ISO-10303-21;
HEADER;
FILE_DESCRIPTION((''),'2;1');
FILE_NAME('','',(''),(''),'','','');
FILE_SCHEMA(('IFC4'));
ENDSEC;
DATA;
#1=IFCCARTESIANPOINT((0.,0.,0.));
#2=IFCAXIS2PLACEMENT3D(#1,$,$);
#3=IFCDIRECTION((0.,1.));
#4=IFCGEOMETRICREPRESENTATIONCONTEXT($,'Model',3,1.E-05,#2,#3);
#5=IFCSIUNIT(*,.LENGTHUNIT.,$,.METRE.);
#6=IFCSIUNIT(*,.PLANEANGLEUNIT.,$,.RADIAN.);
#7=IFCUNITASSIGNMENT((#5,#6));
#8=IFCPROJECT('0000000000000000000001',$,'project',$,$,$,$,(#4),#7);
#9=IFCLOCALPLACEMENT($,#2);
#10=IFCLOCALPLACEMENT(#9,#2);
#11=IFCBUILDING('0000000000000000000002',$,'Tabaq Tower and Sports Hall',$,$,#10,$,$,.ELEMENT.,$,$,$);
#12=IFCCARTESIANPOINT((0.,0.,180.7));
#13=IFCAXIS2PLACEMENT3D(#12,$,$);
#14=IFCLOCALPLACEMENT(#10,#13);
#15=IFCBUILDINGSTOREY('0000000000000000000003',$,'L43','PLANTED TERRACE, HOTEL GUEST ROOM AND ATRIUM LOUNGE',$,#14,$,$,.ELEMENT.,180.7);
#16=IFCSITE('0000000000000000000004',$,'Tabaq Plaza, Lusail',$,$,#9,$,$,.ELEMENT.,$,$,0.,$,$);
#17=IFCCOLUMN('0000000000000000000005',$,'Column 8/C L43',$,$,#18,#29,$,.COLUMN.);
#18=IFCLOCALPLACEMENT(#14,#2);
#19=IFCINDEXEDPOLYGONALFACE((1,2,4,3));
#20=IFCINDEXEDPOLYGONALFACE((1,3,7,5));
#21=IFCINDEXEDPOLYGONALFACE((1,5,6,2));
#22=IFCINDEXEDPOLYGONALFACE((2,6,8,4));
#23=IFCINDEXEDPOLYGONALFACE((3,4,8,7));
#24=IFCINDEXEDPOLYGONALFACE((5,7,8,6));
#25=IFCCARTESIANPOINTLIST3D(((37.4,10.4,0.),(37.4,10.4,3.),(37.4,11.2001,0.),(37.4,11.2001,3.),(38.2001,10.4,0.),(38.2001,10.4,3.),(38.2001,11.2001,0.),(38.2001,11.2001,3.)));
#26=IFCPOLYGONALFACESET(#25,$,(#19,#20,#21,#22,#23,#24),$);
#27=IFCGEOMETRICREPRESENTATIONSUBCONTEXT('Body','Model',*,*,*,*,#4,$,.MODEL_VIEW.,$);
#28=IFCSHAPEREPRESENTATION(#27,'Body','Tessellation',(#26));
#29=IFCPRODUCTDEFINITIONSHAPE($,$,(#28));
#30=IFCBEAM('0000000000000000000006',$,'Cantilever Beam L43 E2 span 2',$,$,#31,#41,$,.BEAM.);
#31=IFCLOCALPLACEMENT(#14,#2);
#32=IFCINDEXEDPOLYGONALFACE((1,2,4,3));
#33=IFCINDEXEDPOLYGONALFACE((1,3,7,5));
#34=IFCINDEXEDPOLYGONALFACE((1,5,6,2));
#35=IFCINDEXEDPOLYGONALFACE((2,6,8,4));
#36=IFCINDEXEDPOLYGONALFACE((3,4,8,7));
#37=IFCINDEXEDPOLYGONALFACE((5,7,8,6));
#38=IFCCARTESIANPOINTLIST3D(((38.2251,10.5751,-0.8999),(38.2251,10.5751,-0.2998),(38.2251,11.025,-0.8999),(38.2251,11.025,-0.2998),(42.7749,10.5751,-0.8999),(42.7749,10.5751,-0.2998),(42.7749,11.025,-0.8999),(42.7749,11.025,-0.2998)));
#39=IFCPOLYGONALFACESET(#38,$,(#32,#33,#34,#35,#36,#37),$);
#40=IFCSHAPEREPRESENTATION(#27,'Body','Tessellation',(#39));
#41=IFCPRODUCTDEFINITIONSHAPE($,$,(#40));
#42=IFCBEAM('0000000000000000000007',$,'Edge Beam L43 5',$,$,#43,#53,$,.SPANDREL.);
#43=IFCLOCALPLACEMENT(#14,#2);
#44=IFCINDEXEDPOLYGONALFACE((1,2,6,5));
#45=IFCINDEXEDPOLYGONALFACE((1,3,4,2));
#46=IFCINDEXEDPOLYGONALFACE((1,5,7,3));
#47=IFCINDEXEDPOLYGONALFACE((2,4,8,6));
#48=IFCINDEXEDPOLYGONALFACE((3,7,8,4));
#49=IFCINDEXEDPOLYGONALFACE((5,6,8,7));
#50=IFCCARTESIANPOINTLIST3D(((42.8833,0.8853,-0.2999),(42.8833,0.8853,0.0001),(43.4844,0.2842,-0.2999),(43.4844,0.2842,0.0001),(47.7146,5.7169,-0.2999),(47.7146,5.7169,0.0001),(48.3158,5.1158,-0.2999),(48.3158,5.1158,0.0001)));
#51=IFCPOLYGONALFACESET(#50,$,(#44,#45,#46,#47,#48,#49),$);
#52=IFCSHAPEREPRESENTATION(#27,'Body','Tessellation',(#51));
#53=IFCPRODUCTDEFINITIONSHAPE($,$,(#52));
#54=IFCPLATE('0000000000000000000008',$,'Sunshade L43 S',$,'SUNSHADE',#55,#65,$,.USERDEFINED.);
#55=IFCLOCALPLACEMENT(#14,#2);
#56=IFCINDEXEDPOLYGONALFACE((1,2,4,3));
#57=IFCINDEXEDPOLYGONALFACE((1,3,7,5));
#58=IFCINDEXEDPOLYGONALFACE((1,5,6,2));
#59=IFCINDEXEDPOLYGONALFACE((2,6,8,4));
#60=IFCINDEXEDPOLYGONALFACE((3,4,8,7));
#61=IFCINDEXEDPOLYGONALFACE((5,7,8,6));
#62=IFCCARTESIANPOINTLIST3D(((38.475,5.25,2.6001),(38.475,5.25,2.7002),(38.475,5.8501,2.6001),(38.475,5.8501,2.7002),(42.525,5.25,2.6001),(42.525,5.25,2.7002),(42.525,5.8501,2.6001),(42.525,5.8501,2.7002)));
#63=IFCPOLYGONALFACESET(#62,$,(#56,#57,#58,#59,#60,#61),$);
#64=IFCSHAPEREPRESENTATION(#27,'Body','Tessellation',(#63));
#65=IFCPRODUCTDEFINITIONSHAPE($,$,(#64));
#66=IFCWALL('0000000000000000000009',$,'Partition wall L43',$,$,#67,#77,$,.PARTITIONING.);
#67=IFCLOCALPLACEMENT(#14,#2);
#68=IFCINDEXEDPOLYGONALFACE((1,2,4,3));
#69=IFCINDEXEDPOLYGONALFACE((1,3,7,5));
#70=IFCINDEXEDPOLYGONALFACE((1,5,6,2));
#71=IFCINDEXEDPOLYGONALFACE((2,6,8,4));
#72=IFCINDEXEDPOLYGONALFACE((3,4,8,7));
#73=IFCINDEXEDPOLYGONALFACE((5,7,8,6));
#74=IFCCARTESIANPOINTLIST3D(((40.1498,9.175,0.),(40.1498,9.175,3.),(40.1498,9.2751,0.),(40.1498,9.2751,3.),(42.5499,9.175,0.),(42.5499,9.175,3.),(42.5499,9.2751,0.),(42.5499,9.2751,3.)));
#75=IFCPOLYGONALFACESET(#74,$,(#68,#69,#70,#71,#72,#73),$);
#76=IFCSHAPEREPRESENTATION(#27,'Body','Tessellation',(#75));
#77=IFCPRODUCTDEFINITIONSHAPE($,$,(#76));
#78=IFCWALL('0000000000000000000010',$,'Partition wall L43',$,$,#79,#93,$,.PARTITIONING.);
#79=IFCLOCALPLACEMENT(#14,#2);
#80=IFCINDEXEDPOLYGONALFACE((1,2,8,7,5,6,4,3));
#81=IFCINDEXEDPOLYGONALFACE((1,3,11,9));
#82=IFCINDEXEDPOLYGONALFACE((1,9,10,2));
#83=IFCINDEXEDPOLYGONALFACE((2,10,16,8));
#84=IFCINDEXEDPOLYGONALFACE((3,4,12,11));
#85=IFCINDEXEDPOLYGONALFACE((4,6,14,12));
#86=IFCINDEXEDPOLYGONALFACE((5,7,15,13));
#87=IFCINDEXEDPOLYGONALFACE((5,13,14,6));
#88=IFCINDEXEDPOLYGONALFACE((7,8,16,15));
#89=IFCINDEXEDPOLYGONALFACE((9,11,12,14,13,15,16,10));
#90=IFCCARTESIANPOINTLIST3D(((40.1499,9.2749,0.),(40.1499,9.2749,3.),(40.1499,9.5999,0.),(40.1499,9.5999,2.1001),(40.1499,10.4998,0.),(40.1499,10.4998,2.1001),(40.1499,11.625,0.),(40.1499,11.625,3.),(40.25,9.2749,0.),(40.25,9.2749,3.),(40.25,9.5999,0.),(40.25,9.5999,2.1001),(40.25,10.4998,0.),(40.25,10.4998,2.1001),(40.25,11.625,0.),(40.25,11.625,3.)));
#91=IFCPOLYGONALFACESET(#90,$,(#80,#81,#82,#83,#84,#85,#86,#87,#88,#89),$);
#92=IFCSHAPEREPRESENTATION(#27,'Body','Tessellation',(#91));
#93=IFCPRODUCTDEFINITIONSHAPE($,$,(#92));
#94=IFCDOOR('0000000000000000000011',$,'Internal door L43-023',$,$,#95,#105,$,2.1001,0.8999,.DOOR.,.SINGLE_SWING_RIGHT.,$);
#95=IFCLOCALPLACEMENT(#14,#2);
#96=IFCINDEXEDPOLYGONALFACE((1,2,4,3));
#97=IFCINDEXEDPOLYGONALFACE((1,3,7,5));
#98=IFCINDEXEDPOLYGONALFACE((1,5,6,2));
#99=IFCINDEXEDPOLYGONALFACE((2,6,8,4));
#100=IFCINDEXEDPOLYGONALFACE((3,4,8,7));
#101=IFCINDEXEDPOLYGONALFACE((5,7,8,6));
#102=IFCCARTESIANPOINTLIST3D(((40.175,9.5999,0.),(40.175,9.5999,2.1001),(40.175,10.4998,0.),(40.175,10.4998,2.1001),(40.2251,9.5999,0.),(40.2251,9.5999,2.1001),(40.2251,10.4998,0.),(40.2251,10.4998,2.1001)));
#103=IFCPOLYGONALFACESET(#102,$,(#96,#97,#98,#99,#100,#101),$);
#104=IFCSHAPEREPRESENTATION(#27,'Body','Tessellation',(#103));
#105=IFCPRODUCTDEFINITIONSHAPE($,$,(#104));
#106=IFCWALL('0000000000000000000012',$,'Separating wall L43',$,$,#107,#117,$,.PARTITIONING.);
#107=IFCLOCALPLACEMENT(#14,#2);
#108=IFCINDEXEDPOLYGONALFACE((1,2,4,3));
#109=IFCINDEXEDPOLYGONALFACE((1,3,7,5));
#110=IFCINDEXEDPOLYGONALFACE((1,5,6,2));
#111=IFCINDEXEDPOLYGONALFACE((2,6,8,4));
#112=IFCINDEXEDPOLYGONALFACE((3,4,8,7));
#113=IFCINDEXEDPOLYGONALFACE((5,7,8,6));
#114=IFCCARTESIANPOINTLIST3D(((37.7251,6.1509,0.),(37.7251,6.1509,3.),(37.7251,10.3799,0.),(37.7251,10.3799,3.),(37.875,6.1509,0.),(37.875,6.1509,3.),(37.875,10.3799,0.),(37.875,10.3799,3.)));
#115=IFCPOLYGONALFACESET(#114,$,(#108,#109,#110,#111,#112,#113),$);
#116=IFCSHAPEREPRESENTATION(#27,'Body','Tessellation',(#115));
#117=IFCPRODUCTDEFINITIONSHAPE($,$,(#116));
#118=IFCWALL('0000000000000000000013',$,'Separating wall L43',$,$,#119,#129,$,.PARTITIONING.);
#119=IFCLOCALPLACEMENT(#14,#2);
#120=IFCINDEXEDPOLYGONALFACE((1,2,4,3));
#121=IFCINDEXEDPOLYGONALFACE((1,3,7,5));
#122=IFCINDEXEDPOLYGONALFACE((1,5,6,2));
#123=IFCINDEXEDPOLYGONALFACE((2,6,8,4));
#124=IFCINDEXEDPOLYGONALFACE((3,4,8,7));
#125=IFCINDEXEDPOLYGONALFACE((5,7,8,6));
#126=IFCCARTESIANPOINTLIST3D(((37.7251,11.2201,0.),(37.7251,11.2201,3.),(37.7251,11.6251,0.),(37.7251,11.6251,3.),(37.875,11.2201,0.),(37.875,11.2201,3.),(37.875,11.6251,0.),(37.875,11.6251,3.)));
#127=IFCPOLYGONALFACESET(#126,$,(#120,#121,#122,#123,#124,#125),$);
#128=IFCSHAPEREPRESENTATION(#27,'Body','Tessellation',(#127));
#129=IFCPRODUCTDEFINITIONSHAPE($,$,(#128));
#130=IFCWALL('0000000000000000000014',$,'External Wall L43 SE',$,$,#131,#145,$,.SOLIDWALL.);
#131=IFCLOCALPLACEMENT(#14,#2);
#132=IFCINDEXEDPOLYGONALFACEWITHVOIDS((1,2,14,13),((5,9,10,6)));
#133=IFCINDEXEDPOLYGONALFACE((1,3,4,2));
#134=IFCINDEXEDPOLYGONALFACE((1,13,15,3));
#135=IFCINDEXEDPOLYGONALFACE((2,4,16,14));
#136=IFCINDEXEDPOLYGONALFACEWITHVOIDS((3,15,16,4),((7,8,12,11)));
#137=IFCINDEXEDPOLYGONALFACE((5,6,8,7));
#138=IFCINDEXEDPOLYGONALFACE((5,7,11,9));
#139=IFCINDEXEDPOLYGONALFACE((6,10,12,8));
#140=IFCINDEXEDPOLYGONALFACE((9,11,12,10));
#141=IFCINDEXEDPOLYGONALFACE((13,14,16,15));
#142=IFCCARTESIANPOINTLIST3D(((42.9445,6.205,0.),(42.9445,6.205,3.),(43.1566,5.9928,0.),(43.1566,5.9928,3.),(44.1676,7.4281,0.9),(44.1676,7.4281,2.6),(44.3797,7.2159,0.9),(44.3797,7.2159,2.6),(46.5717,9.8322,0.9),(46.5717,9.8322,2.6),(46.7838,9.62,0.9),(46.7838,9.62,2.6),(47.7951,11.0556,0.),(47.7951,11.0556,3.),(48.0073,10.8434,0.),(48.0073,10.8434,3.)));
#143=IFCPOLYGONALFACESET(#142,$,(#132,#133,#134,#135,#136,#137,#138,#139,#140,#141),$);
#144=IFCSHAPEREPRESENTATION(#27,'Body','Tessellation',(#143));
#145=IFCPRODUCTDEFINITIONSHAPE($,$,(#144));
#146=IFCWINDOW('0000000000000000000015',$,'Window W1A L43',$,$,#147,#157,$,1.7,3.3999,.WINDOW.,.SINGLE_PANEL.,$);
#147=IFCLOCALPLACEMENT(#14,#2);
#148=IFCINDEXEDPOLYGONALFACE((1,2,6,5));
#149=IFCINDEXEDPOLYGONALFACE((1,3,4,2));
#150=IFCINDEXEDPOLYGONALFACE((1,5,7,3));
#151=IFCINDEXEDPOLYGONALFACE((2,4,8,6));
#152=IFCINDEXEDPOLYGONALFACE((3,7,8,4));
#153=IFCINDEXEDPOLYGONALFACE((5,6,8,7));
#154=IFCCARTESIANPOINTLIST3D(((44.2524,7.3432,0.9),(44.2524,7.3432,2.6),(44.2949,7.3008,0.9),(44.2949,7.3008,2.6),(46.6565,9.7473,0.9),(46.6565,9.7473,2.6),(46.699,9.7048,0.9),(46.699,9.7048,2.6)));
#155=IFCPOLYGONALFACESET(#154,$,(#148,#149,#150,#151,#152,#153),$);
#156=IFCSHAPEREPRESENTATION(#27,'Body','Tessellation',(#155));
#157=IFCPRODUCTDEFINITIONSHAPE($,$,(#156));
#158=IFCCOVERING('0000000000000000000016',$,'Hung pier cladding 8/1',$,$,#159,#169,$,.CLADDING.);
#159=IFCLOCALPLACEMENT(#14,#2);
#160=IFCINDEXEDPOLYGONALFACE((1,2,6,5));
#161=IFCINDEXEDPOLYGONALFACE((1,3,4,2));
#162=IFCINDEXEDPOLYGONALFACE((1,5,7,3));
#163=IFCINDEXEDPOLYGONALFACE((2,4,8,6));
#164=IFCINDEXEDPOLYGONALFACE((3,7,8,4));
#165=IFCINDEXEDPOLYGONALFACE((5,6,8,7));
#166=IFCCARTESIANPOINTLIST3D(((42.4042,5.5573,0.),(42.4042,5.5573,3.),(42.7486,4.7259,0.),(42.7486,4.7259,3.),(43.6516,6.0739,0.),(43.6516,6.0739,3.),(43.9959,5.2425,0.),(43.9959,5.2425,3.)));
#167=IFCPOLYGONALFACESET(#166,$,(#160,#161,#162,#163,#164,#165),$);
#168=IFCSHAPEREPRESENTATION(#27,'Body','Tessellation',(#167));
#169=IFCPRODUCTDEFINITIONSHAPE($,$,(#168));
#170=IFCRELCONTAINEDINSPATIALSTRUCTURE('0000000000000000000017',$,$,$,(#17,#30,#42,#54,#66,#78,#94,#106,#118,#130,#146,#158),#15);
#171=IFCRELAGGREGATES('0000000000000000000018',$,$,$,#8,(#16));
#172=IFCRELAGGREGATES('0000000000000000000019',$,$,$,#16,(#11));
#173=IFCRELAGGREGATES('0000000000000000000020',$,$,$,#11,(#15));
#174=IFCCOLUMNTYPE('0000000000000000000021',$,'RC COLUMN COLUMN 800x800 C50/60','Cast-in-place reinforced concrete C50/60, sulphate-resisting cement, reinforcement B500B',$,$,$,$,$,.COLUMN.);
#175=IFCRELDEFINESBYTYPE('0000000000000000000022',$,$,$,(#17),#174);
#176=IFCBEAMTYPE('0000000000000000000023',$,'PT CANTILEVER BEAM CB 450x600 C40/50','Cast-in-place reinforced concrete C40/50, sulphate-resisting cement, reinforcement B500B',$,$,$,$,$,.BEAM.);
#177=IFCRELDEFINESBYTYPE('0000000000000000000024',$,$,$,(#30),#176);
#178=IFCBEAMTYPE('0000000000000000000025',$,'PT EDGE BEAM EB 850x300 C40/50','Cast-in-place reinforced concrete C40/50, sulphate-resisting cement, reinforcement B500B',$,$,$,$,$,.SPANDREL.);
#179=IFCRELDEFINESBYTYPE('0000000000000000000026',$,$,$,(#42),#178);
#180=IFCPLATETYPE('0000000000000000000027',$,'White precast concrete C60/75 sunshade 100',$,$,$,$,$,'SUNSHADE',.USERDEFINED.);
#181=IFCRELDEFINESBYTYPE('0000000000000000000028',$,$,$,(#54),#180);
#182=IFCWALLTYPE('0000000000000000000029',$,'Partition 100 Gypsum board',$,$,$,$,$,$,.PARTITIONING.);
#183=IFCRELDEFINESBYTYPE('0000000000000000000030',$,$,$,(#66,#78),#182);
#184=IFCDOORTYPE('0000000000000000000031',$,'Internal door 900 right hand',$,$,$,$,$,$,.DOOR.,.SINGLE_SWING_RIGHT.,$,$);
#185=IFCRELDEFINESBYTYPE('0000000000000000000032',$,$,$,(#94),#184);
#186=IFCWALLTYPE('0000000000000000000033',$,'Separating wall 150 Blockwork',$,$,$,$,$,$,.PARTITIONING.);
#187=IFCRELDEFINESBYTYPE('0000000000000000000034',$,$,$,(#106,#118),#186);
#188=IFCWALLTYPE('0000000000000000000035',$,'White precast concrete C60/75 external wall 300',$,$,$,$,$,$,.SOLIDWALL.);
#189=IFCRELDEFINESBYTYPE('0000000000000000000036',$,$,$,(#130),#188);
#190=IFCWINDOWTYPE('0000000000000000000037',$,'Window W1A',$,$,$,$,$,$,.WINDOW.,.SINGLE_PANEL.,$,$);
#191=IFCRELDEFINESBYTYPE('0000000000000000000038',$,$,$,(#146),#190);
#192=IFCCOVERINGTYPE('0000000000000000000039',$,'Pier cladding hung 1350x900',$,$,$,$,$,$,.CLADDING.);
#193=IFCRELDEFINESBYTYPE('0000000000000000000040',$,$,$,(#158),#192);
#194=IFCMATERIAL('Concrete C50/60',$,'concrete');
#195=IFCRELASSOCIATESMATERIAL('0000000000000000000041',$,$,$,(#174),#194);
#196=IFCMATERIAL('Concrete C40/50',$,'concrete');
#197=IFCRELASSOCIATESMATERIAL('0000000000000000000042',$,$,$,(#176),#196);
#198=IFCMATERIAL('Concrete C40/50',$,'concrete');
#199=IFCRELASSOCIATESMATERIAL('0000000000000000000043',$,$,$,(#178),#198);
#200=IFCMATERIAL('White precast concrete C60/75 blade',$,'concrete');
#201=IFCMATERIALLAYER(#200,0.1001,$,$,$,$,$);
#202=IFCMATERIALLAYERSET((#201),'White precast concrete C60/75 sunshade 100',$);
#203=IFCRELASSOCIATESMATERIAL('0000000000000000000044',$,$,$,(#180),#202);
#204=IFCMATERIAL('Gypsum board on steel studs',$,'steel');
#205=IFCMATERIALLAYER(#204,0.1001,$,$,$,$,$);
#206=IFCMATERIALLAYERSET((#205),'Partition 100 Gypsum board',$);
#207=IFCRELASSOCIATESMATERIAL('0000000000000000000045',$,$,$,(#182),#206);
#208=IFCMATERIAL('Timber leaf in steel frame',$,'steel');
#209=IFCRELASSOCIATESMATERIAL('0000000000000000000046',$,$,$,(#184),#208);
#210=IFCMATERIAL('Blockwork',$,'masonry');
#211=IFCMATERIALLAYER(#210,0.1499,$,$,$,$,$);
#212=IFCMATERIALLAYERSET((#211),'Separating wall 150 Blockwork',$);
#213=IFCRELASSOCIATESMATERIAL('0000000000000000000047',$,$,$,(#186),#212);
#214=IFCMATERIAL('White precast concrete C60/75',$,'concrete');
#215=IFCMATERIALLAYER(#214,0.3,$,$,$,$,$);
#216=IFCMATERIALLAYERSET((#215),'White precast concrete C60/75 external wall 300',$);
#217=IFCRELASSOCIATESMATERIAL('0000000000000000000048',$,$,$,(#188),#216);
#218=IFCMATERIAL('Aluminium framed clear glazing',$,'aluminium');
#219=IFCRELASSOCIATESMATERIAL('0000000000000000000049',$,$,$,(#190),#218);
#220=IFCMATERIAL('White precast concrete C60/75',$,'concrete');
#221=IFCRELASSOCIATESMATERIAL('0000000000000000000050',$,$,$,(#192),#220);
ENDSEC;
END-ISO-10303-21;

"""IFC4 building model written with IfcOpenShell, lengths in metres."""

from ifc_helpers import new_model, si_unit, direction, frame, frame_2d, origin, origin_2d, place, context, subcontext, project, spatial, rectangle, extrude, material, layer, layer_set, material_profile, profile_set, type_object, element, fill, save


model = new_model("IFC4")

# Units and contexts
model_context = context("Model", 3, precision=1e-05, world=origin(), true_north=direction((0.0, 1.0)))
body_context = subcontext(model_context, "Body", "Model", "MODEL_VIEW")
ifc_project = project(units=[si_unit("LENGTHUNIT", "METRE"), si_unit("PLANEANGLEUNIT", "RADIAN")], contexts=[model_context])

# Site, building, storey
site_placement = place(None, origin())
site = spatial("IfcSite", under=ifc_project, at=site_placement, Name="Tabaq Plaza, Lusail", CompositionType="ELEMENT", RefElevation=0.0)
building_placement = place(site_placement, origin())
building = spatial("IfcBuilding", under=site, at=building_placement, Name="Tabaq Tower and Sports Hall", CompositionType="ELEMENT")
storey_placement = place(building_placement, frame((0.0, 0.0, 180.7)))
storey = spatial("IfcBuildingStorey", under=building, at=storey_placement, Name="L43", Description="PLANTED TERRACE, HOTEL GUEST ROOM AND ATRIUM LOUNGE", CompositionType="ELEMENT", Elevation=180.7)

# Column
ifc_material_1 = material(Name="Concrete C50/60", Category="concrete")
ifc_material_profile_1 = material_profile(ifc_material_1, rectangle(XDim=0.8, YDim=0.8, at=origin_2d()), Name="COLUMN 800x800")
ifc_profile_set_1 = profile_set([ifc_material_profile_1], Name="Concrete C50/60")
column_type = type_object("IfcColumnType", Name="RC COLUMN COLUMN 800x800 C50/60", Description="Cast-in-place reinforced concrete C50/60, sulphate-resisting cement, reinforcement B500B", PredefinedType="COLUMN", material=ifc_profile_set_1)
column_placement = place(storey_placement, frame((37.8, 10.8, 0.0), z_axis=(0.0, 0.0, 1.0), x_axis=(1.0, 0.0, 0.0)))
element("IfcColumn", 1, at=column_placement, inside=storey, type_object=column_type, Name="Column 8/C L43", PredefinedType="COLUMN", context=body_context, shape_type="SweptSolid", body=[
    extrude(rectangle(XDim=0.8, YDim=0.8, at=origin_2d()), origin(), (0.0, 0.0, 1.0), 3.0),
])

# Beams
ifc_material_2 = material(Name="Concrete C40/50", Category="concrete")
ifc_material_profile_2 = material_profile(ifc_material_2, rectangle(XDim=0.45, YDim=0.6001, at=origin_2d()), Name="CB 450x600")
ifc_profile_set_2 = profile_set([ifc_material_profile_2], Name="Concrete C40/50")
beam_type_1 = type_object("IfcBeamType", Name="PT CANTILEVER BEAM CB 450x600 C40/50", Description="Cast-in-place reinforced concrete C40/50, sulphate-resisting cement, reinforcement B500B", PredefinedType="BEAM", material=ifc_profile_set_2)
beam_1_placement = place(storey_placement, frame((42.7749, 10.8, -0.5999), z_axis=(-1.0, 0.0, 0.0), x_axis=(0.0, -1.0, 0.0)))
element("IfcBeam", 2, at=beam_1_placement, inside=storey, type_object=beam_type_1, Name="Cantilever Beam L43 E2 span 2", PredefinedType="BEAM", context=body_context, shape_type="SweptSolid", body=[
    extrude(rectangle(XDim=0.45, YDim=0.6001, at=origin_2d()), origin(), (0.0, 0.0, 1.0), 4.5498),
])
ifc_material_3 = material(Name="Concrete C40/50", Category="concrete")
ifc_material_profile_3 = material_profile(ifc_material_3, rectangle(XDim=0.8501, YDim=0.3, at=origin_2d()), Name="EB 850x300")
ifc_profile_set_3 = profile_set([ifc_material_profile_3], Name="Concrete C40/50")
beam_type_2 = type_object("IfcBeamType", Name="PT EDGE BEAM EB 850x300 C40/50", Description="Cast-in-place reinforced concrete C40/50, sulphate-resisting cement, reinforcement B500B", PredefinedType="SPANDREL", material=ifc_profile_set_3)
beam_2_placement = place(storey_placement, frame((43.1838, 0.5847, -0.1499), z_axis=(0.707089, 0.707125, 0.0), x_axis=(-0.707125, 0.707089, 0.0)))
element("IfcBeam", 3, at=beam_2_placement, inside=storey, type_object=beam_type_2, Name="Edge Beam L43 5", PredefinedType="SPANDREL", context=body_context, shape_type="SweptSolid", body=[
    extrude(rectangle(XDim=0.8501, YDim=0.3, at=origin_2d()), origin(), (0.0, 0.0, 1.0), 6.8328),
])

# Plate
ifc_material_4 = material(Name="White precast concrete C60/75 blade", Category="concrete")
ifc_layer_1 = layer(ifc_material_4, 0.1001)
ifc_layer_set_1 = layer_set([ifc_layer_1], Name="White precast concrete C60/75 sunshade 100")
plate_type = type_object("IfcPlateType", Name="White precast concrete C60/75 sunshade 100", ElementType="SUNSHADE", PredefinedType="USERDEFINED", material=ifc_layer_set_1)
plate_placement = place(storey_placement, frame((40.5, 5.55, 2.6001), z_axis=(0.0, 0.0, 1.0), x_axis=(1.0, 0.0, 0.0)))
element("IfcPlate", 4, at=plate_placement, inside=storey, type_object=plate_type, Name="Sunshade L43 S", ObjectType="SUNSHADE", PredefinedType="USERDEFINED", context=body_context, shape_type="SweptSolid", body=[
    extrude(rectangle(XDim=4.05, YDim=0.6001, at=origin_2d()), origin(), (0.0, 0.0, 1.0), 0.1001),
])

# Wall
ifc_material_5 = material(Name="Gypsum board on steel studs", Category="steel")
ifc_layer_2 = layer(ifc_material_5, 0.1001)
ifc_layer_set_2 = layer_set([ifc_layer_2], Name="Partition 100 Gypsum board")
wall_type_1 = type_object("IfcWallType", Name="Partition 100 Gypsum board", PredefinedType="PARTITIONING", material=ifc_layer_set_2)
wall_1_placement = place(storey_placement, frame((42.55, 9.2251, 0.0), z_axis=(0.0, 0.0, 1.0), x_axis=(-1.0, 0.0, 0.0)))
element("IfcWall", 5, at=wall_1_placement, inside=storey, type_object=wall_type_1, Name="Partition wall L43", PredefinedType="PARTITIONING", context=body_context, shape_type="SweptSolid", body=[
    extrude(rectangle(XDim=2.4001, YDim=0.1001, at=frame_2d((1.2002, 0.0))), origin(), (0.0, 0.0, 1.0), 3.0),
])

# Wall, opening, door
wall_2_placement = place(storey_placement, frame((40.2, 9.2749, 0.0), z_axis=(0.0, 0.0, 1.0), x_axis=(0.0, 1.0, 0.0)))
wall_2 = element("IfcWall", 6, at=wall_2_placement, inside=storey, type_object=wall_type_1, Name="Partition wall L43", PredefinedType="PARTITIONING", context=body_context, shape_type="SweptSolid", body=[
    extrude(rectangle(XDim=2.3501, YDim=0.1001, at=frame_2d((1.175, 0.0))), origin(), (0.0, 0.0, 1.0), 3.0),
])
opening_1_placement = place(wall_2_placement, frame((0.325, 0.0, 0.0)))
opening_1 = element("IfcOpeningElement", 7, at=opening_1_placement, cuts=wall_2, PredefinedType="OPENING", context=body_context, shape_type="SweptSolid", body=[
    extrude(rectangle(XDim=0.8999, YDim=2.1001, at=frame_2d((0.45, 1.05))), frame((0.0, 0.05, 0.0), z_axis=(0.0, -1.0, 0.0), x_axis=(1.0, 0.0, 0.0)), (0.0, 0.0, 1.0), 0.1001),
])
ifc_material_6 = material(Name="Timber leaf in steel frame", Category="steel")
door_type = type_object("IfcDoorType", Name="Internal door 900 right hand", OperationType="SINGLE_SWING_RIGHT", PredefinedType="DOOR", material=ifc_material_6)
door_placement = place(opening_1_placement, origin())
door = element("IfcDoor", 8, at=door_placement, inside=storey, type_object=door_type, Name="Internal door L43-023", OperationType="SINGLE_SWING_RIGHT", OverallHeight=2.1001, OverallWidth=0.8999, PredefinedType="DOOR", context=body_context, shape_type="SweptSolid", body=[
    extrude(rectangle(XDim=0.8999, YDim=2.1001, at=frame_2d((0.45, 1.05))), frame((0.0, 0.0249, 0.0), z_axis=(0.0, -1.0, 0.0), x_axis=(1.0, 0.0, 0.0)), (0.0, 0.0, 1.0), 0.05),
])
fill(opening_1, door)

# Walls
ifc_material_7 = material(Name="Blockwork", Category="masonry")
ifc_layer_3 = layer(ifc_material_7, 0.1499)
ifc_layer_set_3 = layer_set([ifc_layer_3], Name="Separating wall 150 Blockwork")
wall_type_2 = type_object("IfcWallType", Name="Separating wall 150 Blockwork", PredefinedType="PARTITIONING", material=ifc_layer_set_3)
wall_3_placement = place(storey_placement, frame((37.8, 6.1509, 0.0), z_axis=(0.0, 0.0, 1.0), x_axis=(0.0, 1.0, 0.0)))
element("IfcWall", 9, at=wall_3_placement, inside=storey, type_object=wall_type_2, Name="Separating wall L43", PredefinedType="PARTITIONING", context=body_context, shape_type="SweptSolid", body=[
    extrude(rectangle(XDim=4.229, YDim=0.1499, at=frame_2d((2.1145, 0.0))), origin(), (0.0, 0.0, 1.0), 3.0),
])
wall_4_placement = place(storey_placement, frame((37.8, 11.22, 0.0), z_axis=(0.0, 0.0, 1.0), x_axis=(0.0, 1.0, 0.0)))
element("IfcWall", 10, at=wall_4_placement, inside=storey, type_object=wall_type_2, Name="Separating wall L43", PredefinedType="PARTITIONING", context=body_context, shape_type="SweptSolid", body=[
    extrude(rectangle(XDim=0.405, YDim=0.1499, at=frame_2d((0.2026, 0.0))), origin(), (0.0, 0.0, 1.0), 3.0),
])

# Wall, opening, window
ifc_material_8 = material(Name="White precast concrete C60/75", Category="concrete")
ifc_layer_4 = layer(ifc_material_8, 0.3)
ifc_layer_set_4 = layer_set([ifc_layer_4], Name="White precast concrete C60/75 external wall 300")
wall_type_3 = type_object("IfcWallType", Name="White precast concrete C60/75 external wall 300", PredefinedType="SOLIDWALL", material=ifc_layer_set_4)
wall_5_placement = place(storey_placement, frame((43.0505, 6.0989, 0.0), z_axis=(0.0, 0.0, 1.0), x_axis=(0.707107, 0.707107, 0.0)))
wall_5 = element("IfcWall", 11, at=wall_5_placement, inside=storey, type_object=wall_type_3, Name="External Wall L43 SE", PredefinedType="SOLIDWALL", context=body_context, shape_type="SweptSolid", body=[
    extrude(rectangle(XDim=6.8599, YDim=0.3, at=frame_2d((3.4299, 0.0))), origin(), (0.0, 0.0, 1.0), 3.0),
])
opening_2_placement = place(wall_5_placement, frame((1.7297, 0.0, 0.8999)))
opening_2 = element("IfcOpeningElement", 12, at=opening_2_placement, cuts=wall_5, PredefinedType="OPENING", context=body_context, shape_type="SweptSolid", body=[
    extrude(rectangle(XDim=3.3999, YDim=1.7, at=frame_2d((1.7, 0.8501))), frame((0.0, 0.1602, 0.0), z_axis=(0.0, -1.0, 0.0), x_axis=(1.0, 0.0, 0.0)), (0.0, 0.0, 1.0), 0.3201),
])
ifc_material_9 = material(Name="Aluminium framed clear glazing", Category="aluminium")
window_type = type_object("IfcWindowType", Name="Window W1A", PartitioningType="SINGLE_PANEL", PredefinedType="WINDOW", material=ifc_material_9)
window_placement = place(opening_2_placement, origin())
window = element("IfcWindow", 13, at=window_placement, inside=storey, type_object=window_type, Name="Window W1A L43", OverallHeight=1.7, OverallWidth=3.3999, PartitioningType="SINGLE_PANEL", PredefinedType="WINDOW", context=body_context, shape_type="SweptSolid", body=[
    extrude(rectangle(XDim=3.3999, YDim=1.7, at=frame_2d((1.7, 0.8501))), frame((0.0, 0.03, 0.0), z_axis=(0.0, -1.0, 0.0), x_axis=(1.0, 0.0, 0.0)), (0.0, 0.0, 1.0), 0.0601),
])
fill(opening_2, window)

# Covering
ifc_material_10 = material(Name="White precast concrete C60/75", Category="concrete")
covering_type_1 = type_object("IfcCoveringType", Name="Pier cladding hung 1350x900", PredefinedType="CLADDING", material=ifc_material_10)
covering_1_placement = place(storey_placement, frame((42.5764, 5.1416, 0.0), z_axis=(0.0, 0.0, 1.0), x_axis=(0.923893, 0.38265, 0.0)))
element("IfcCovering", 14, at=covering_1_placement, inside=storey, type_object=covering_type_1, Name="Hung pier cladding 8/1", PredefinedType="CLADDING", context=body_context, shape_type="SweptSolid", body=[
    extrude(rectangle(XDim=1.3501, YDim=0.8999, at=frame_2d((0.675, 0.0))), origin(), (0.0, 0.0, 1.0), 3.0),
])

save(model, "model.ifc")
